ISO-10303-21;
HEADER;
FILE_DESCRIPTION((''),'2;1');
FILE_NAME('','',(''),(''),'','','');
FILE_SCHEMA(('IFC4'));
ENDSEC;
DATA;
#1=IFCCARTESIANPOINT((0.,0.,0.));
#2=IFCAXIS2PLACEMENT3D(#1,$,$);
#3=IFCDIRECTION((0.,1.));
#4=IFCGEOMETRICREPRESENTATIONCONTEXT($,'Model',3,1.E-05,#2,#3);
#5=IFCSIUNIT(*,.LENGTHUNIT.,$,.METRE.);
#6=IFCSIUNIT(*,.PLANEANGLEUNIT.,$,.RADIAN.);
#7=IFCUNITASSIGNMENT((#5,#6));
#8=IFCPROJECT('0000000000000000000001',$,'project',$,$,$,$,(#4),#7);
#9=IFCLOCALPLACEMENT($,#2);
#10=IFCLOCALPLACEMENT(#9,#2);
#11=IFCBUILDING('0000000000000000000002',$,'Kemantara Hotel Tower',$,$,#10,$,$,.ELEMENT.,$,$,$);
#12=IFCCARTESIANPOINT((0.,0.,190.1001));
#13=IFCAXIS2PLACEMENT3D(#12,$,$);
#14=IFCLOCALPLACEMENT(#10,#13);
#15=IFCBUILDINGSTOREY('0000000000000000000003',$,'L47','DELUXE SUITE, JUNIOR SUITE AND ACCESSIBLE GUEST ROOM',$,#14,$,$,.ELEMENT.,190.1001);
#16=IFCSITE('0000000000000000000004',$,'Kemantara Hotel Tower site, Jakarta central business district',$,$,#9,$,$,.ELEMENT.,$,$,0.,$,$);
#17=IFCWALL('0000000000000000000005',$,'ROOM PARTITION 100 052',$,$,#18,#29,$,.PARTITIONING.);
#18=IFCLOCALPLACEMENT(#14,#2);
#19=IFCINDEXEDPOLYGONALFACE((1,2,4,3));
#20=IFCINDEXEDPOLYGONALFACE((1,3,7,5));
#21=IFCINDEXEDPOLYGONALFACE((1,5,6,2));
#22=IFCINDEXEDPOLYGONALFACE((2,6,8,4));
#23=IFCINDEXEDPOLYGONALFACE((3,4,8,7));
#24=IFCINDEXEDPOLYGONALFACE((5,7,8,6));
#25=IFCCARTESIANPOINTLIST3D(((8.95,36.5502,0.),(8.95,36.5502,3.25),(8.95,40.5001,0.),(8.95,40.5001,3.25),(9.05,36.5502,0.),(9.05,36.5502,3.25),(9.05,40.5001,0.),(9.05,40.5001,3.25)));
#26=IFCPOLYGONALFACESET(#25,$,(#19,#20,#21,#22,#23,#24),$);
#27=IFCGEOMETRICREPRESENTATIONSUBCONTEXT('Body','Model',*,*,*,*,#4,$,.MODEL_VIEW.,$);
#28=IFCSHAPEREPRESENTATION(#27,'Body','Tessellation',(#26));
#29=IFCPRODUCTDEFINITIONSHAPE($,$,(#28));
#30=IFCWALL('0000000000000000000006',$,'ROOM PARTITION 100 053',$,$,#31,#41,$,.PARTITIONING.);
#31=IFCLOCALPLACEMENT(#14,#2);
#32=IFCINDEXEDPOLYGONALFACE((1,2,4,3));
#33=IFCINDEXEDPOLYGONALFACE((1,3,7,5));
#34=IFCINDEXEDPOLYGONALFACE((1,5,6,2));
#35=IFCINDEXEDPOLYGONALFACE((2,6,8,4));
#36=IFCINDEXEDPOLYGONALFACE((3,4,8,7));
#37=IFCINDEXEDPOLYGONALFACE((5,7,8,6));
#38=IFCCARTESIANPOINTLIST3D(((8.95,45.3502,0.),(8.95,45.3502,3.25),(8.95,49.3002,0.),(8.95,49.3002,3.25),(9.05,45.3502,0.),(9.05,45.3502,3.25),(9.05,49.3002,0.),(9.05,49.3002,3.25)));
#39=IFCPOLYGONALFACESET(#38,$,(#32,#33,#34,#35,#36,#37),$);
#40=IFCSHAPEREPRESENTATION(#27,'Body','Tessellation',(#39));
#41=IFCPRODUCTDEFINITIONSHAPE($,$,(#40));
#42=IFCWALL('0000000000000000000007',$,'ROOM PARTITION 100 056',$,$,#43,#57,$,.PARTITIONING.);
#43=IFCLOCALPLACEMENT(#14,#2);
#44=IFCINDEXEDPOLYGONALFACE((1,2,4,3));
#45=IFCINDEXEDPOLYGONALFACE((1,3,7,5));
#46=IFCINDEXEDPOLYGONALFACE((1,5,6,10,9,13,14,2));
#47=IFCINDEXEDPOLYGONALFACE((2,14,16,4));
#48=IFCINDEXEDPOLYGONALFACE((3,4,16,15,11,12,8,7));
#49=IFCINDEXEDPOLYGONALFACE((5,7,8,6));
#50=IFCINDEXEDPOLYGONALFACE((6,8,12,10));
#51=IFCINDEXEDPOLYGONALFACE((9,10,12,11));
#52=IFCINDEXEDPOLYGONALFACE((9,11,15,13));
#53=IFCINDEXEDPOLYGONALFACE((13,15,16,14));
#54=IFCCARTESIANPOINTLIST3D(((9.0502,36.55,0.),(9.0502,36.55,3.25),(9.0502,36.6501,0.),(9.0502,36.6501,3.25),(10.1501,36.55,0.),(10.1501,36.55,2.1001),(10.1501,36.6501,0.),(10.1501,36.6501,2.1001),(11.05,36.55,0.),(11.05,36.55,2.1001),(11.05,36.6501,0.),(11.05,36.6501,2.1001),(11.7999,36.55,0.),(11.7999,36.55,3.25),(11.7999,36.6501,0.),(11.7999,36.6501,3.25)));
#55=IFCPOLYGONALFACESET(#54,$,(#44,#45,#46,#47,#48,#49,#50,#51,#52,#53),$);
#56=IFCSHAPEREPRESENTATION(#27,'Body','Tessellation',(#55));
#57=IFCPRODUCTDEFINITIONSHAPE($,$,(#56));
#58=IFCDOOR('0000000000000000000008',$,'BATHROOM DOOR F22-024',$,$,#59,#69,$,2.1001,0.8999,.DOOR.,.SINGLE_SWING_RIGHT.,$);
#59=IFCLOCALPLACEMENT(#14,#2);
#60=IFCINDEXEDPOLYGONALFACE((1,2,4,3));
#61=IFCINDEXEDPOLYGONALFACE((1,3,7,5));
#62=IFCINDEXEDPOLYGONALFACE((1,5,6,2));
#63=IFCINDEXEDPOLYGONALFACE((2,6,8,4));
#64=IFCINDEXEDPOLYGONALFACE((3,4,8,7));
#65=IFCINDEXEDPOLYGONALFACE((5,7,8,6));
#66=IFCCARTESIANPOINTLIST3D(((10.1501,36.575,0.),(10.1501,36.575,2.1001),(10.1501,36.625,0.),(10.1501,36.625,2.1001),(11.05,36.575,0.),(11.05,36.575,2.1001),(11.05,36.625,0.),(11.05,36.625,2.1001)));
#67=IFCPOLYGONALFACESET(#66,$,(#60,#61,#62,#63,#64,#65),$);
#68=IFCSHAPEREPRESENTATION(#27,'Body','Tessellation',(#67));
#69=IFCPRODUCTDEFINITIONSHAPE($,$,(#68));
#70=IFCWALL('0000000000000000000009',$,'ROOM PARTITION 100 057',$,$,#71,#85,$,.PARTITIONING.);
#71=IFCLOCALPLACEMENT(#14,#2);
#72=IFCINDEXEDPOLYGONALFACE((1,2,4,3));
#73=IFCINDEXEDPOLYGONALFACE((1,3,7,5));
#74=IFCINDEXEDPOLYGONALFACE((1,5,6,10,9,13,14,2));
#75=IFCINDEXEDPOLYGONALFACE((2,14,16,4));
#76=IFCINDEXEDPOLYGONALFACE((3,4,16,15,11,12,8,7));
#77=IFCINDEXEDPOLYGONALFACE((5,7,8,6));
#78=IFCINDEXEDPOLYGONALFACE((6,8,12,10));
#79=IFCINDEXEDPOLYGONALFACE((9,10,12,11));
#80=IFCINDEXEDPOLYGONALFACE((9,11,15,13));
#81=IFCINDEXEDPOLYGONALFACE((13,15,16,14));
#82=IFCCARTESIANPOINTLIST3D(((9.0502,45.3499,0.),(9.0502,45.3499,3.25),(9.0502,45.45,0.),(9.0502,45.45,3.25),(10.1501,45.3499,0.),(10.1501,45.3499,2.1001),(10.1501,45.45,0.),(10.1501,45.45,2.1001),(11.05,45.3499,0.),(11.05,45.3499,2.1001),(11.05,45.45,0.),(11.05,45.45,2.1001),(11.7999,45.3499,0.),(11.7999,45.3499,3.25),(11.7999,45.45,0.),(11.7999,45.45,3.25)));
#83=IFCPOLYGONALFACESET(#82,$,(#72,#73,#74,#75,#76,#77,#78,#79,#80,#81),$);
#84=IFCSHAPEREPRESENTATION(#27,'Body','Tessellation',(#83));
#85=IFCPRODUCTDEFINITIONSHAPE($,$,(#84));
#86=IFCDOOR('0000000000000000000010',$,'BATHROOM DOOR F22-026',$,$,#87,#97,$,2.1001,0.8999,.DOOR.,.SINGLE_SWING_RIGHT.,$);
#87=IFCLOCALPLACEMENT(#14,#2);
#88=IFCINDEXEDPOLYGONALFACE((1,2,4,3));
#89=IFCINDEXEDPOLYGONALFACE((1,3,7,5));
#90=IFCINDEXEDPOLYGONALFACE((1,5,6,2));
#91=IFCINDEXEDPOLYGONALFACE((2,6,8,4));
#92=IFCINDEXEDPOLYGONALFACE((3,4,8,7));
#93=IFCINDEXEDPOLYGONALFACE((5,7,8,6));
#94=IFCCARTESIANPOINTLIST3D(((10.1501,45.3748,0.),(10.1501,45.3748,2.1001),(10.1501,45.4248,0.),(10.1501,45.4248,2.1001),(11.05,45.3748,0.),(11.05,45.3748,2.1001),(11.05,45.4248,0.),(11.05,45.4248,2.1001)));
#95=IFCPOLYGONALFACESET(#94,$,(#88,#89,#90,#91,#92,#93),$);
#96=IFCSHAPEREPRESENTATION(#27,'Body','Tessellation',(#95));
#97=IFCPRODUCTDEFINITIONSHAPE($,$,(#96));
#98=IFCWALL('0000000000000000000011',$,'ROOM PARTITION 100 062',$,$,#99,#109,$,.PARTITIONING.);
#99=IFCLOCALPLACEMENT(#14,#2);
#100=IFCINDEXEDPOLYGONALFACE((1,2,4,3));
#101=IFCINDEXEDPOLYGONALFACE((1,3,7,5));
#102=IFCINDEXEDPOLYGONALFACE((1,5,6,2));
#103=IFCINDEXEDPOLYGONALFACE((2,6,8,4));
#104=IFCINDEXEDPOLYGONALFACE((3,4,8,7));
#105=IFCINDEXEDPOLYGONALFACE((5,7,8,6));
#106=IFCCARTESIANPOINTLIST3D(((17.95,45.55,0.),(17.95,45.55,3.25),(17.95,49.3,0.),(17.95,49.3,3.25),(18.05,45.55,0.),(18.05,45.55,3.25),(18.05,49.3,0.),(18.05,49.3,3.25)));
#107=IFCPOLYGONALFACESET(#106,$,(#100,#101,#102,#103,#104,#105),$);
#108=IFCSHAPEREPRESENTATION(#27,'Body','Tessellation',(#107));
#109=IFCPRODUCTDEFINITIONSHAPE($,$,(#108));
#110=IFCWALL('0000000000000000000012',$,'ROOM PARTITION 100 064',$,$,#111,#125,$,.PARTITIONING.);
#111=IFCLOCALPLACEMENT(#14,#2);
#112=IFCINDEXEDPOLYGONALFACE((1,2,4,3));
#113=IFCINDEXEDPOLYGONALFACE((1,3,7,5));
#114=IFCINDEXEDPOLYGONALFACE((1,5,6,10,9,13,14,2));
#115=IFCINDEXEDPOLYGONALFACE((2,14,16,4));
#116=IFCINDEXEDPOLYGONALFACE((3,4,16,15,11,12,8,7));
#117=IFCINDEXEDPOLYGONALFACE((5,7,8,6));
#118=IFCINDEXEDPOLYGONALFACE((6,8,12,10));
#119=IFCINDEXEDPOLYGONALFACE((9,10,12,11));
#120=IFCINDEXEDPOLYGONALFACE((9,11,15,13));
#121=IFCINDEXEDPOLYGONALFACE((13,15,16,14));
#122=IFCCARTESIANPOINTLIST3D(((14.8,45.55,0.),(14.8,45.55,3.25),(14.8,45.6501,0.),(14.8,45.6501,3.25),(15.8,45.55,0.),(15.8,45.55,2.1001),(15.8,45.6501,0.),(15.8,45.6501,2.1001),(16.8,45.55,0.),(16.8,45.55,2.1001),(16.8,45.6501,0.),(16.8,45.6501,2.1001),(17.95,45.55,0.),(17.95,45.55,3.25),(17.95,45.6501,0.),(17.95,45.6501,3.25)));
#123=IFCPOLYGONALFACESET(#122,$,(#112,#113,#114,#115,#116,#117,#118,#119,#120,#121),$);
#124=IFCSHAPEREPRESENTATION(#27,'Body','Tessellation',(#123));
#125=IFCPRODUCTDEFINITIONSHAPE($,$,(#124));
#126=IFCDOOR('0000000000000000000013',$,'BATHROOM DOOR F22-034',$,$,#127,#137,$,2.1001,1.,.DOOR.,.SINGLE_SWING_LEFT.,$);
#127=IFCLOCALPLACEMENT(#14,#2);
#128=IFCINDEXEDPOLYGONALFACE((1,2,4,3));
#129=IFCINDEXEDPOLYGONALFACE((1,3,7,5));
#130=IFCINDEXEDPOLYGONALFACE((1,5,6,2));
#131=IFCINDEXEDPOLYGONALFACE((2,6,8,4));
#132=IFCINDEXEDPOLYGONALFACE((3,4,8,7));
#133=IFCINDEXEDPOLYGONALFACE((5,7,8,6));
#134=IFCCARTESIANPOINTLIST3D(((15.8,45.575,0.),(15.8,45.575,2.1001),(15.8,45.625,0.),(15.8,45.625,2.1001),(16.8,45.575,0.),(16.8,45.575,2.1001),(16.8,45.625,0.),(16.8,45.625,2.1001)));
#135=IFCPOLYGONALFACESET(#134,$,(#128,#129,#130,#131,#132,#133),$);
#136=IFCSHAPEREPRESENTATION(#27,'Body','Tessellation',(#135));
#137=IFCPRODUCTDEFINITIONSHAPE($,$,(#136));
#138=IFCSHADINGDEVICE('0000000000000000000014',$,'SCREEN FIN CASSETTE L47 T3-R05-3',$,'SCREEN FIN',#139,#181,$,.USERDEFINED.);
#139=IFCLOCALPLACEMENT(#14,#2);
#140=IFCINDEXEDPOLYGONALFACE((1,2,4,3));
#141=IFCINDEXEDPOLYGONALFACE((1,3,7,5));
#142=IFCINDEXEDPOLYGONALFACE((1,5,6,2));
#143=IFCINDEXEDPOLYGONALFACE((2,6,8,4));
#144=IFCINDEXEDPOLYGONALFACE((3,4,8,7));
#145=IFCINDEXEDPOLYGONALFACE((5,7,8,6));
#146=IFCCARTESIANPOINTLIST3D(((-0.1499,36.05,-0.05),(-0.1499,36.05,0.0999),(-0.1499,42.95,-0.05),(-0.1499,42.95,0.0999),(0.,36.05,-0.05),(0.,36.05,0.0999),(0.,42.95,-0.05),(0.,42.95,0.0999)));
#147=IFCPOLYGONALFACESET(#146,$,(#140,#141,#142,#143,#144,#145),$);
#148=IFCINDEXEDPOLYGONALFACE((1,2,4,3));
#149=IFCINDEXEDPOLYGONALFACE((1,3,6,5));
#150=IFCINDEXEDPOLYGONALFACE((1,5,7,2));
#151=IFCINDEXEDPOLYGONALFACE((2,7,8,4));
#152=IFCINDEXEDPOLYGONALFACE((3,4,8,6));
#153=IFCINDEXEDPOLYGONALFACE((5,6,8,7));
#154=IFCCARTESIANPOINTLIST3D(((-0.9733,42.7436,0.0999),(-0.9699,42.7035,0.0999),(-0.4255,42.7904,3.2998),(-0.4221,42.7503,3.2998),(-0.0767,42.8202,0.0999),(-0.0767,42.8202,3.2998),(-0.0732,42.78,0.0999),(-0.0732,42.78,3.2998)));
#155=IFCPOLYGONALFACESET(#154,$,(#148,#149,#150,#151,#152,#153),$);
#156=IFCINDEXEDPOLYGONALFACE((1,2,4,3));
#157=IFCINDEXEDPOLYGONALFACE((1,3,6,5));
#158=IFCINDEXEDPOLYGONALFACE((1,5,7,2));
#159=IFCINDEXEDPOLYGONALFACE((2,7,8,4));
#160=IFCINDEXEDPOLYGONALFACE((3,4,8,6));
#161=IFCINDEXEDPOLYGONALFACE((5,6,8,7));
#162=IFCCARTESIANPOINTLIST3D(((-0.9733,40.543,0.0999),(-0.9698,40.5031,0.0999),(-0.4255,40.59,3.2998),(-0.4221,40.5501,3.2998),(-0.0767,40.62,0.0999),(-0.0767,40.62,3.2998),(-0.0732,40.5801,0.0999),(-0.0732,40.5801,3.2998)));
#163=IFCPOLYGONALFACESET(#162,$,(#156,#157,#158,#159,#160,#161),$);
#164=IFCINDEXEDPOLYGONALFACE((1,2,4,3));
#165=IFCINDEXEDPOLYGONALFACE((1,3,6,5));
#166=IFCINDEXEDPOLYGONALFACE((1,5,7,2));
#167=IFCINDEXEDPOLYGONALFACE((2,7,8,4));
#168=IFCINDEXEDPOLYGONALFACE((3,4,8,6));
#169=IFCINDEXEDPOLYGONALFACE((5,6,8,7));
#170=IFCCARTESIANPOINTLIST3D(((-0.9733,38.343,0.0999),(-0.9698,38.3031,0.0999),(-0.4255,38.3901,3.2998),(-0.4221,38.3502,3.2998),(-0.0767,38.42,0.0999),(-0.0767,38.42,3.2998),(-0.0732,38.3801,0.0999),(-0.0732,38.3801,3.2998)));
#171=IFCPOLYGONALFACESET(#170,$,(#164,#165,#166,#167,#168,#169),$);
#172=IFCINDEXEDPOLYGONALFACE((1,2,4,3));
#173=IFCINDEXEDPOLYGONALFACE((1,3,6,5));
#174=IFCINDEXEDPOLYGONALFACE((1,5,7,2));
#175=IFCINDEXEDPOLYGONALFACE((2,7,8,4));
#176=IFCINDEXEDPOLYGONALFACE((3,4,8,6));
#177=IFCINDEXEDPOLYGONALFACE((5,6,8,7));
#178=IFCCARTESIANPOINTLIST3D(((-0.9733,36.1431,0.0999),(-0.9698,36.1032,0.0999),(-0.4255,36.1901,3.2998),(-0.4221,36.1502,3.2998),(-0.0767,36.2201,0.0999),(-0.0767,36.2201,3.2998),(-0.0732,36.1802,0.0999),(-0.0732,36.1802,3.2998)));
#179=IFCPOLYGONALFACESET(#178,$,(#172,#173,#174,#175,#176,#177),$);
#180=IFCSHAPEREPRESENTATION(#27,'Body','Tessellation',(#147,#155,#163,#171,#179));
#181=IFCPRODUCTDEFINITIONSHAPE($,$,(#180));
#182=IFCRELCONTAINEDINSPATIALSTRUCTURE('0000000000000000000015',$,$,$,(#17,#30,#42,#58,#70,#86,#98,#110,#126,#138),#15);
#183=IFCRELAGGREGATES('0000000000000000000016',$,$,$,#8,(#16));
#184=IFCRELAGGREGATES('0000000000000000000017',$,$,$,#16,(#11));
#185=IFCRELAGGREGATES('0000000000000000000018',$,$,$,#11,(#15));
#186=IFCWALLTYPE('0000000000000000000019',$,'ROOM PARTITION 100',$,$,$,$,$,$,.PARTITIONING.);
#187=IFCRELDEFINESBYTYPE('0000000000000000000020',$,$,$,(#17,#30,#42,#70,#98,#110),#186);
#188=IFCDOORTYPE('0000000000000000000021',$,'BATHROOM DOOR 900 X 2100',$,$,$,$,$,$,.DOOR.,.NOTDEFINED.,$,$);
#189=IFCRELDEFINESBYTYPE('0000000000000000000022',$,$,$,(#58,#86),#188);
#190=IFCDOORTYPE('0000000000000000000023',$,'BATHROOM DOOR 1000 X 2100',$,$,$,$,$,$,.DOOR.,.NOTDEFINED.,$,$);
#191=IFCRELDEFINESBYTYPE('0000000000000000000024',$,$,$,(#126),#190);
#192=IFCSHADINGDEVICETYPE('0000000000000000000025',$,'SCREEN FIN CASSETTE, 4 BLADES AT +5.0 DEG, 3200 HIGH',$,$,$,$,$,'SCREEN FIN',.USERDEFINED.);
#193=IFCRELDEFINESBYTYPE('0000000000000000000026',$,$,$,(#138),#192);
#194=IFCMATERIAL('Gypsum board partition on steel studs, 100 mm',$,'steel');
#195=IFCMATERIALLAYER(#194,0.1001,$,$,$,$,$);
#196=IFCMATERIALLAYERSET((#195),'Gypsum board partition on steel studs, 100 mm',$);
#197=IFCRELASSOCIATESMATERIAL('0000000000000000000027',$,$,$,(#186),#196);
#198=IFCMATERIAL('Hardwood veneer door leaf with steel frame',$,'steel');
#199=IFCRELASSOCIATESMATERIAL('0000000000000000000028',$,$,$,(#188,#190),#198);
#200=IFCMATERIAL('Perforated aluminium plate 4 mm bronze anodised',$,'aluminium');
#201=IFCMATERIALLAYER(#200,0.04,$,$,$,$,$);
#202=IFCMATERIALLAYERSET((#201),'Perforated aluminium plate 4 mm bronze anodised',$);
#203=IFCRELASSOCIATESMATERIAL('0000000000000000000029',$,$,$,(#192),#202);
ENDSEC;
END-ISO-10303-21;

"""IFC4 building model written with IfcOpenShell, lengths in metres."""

from ifc_helpers import new_model, si_unit, direction, frame, frame_2d, origin, origin_2d, place, context, subcontext, project, spatial, polyline, rectangle, outline, extrude, source, transform, mapped, material, layer, layer_set, type_object, element, fill, save


model = new_model("IFC4")

# Units and contexts
model_context = context("Model", 3, precision=1e-05, world=origin(), true_north=direction((0.0, 1.0)))
body_context = subcontext(model_context, "Body", "Model", "MODEL_VIEW")
ifc_project = project(units=[si_unit("LENGTHUNIT", "METRE"), si_unit("PLANEANGLEUNIT", "RADIAN")], contexts=[model_context])

# Site, building, storey
site_placement = place(None, origin())
site = spatial("IfcSite", under=ifc_project, at=site_placement, Name="Kemantara Hotel Tower site, Jakarta central business district", CompositionType="ELEMENT", RefElevation=0.0)
building_placement = place(site_placement, origin())
building = spatial("IfcBuilding", under=site, at=building_placement, Name="Kemantara Hotel Tower", CompositionType="ELEMENT")
storey_placement = place(building_placement, frame((0.0, 0.0, 190.1001)))
storey = spatial("IfcBuildingStorey", under=building, at=storey_placement, Name="L47", Description="DELUXE SUITE, JUNIOR SUITE AND ACCESSIBLE GUEST ROOM", CompositionType="ELEMENT", Elevation=190.1001)

# Shared definitions
ifc_material_1 = material(Name="Hardwood veneer door leaf with steel frame", Category="steel")

# Walls
ifc_material_2 = material(Name="Gypsum board partition on steel studs, 100 mm", Category="steel")
ifc_layer_1 = layer(ifc_material_2, 0.1001)
ifc_layer_set_1 = layer_set([ifc_layer_1], Name="Gypsum board partition on steel studs, 100 mm")
wall_type_1 = type_object("IfcWallType", Name="ROOM PARTITION 100", PredefinedType="PARTITIONING", material=ifc_layer_set_1)
for number, where, z_axis, x_axis, name in (
    (1, (9.0, 36.55, 0.0), (0.0, 0.0, 1.0), (0.0, 1.0, 0.0), "ROOM PARTITION 100 052"),
    (2, (9.0, 45.3501, 0.0), (0.0, 0.0, 1.0), (0.0, 1.0, 0.0), "ROOM PARTITION 100 053"),
):
    element("IfcWall", number, at=place(storey_placement, frame(where, z_axis=z_axis, x_axis=x_axis)), inside=storey, type_object=wall_type_1, Name=name, PredefinedType="PARTITIONING", context=body_context, shape_type="SweptSolid", body=[
        extrude(rectangle(XDim=3.95, YDim=0.1001, at=frame_2d((1.9751, 0.0))), origin(), (0.0, 0.0, 1.0), 3.25),
    ])

# Walls, openings, doors
wall_1_placement = place(storey_placement, frame((9.05, 36.6001, 0.0), z_axis=(0.0, 0.0, 1.0), x_axis=(1.0, 0.0, 0.0)))
wall_1 = element("IfcWall", 3, at=wall_1_placement, inside=storey, type_object=wall_type_1, Name="ROOM PARTITION 100 056", PredefinedType="PARTITIONING", context=body_context, shape_type="SweptSolid", body=[
    extrude(rectangle(XDim=2.7498, YDim=0.1001, at=frame_2d((1.375, 0.0))), origin(), (0.0, 0.0, 1.0), 3.25),
])
opening_1_placement = place(wall_1_placement, frame((1.1001, 0.0, 0.0)))
opening_1 = element("IfcOpeningElement", 4, at=opening_1_placement, cuts=wall_1, PredefinedType="OPENING", context=body_context, shape_type="SweptSolid", body=[
    extrude(rectangle(XDim=0.8999, YDim=2.1001, at=frame_2d((0.45, 1.05))), frame((0.0, 0.0601, 0.0), z_axis=(0.0, -1.0, 0.0), x_axis=(1.0, 0.0, 0.0)), (0.0, 0.0, 1.0), 0.1201),
])
door_type_1 = type_object("IfcDoorType", Name="BATHROOM DOOR 900 X 2100", OperationType="NOTDEFINED", PredefinedType="DOOR", material=ifc_material_1)
door_1_placement = place(opening_1_placement, origin())
door_1 = element("IfcDoor", 5, at=door_1_placement, inside=storey, type_object=door_type_1, Name="BATHROOM DOOR F22-024", OperationType="SINGLE_SWING_RIGHT", OverallHeight=2.1001, OverallWidth=0.8999, PredefinedType="DOOR", context=body_context, shape_type="SweptSolid", body=[
    extrude(rectangle(XDim=0.8999, YDim=2.1001, at=frame_2d((0.45, 1.05))), frame((0.0, 0.0249, 0.0), z_axis=(0.0, -1.0, 0.0), x_axis=(1.0, 0.0, 0.0)), (0.0, 0.0, 1.0), 0.05),
])
fill(opening_1, door_1)
wall_2_placement = place(storey_placement, frame((9.05, 45.3999, 0.0), z_axis=(0.0, 0.0, 1.0), x_axis=(1.0, 0.0, 0.0)))
wall_2 = element("IfcWall", 6, at=wall_2_placement, inside=storey, type_object=wall_type_1, Name="ROOM PARTITION 100 057", PredefinedType="PARTITIONING", context=body_context, shape_type="SweptSolid", body=[
    extrude(rectangle(XDim=2.7498, YDim=0.1001, at=frame_2d((1.375, 0.0))), origin(), (0.0, 0.0, 1.0), 3.25),
])
opening_2_placement = place(wall_2_placement, frame((1.1001, 0.0, 0.0)))
opening_2 = element("IfcOpeningElement", 7, at=opening_2_placement, cuts=wall_2, PredefinedType="OPENING", context=body_context, shape_type="SweptSolid", body=[
    extrude(rectangle(XDim=0.8999, YDim=2.1001, at=frame_2d((0.45, 1.05))), frame((0.0, 0.0601, 0.0), z_axis=(0.0, -1.0, 0.0), x_axis=(1.0, 0.0, 0.0)), (0.0, 0.0, 1.0), 0.1201),
])
door_2_placement = place(opening_2_placement, origin())
door_2 = element("IfcDoor", 8, at=door_2_placement, inside=storey, type_object=door_type_1, Name="BATHROOM DOOR F22-026", OperationType="SINGLE_SWING_RIGHT", OverallHeight=2.1001, OverallWidth=0.8999, PredefinedType="DOOR", context=body_context, shape_type="SweptSolid", body=[
    extrude(rectangle(XDim=0.8999, YDim=2.1001, at=frame_2d((0.45, 1.05))), frame((0.0, 0.0249, 0.0), z_axis=(0.0, -1.0, 0.0), x_axis=(1.0, 0.0, 0.0)), (0.0, 0.0, 1.0), 0.05),
])
fill(opening_2, door_2)

# Wall
wall_3_placement = place(storey_placement, frame((18.0, 45.55, 0.0), z_axis=(0.0, 0.0, 1.0), x_axis=(0.0, 1.0, 0.0)))
element("IfcWall", 9, at=wall_3_placement, inside=storey, type_object=wall_type_1, Name="ROOM PARTITION 100 062", PredefinedType="PARTITIONING", context=body_context, shape_type="SweptSolid", body=[
    extrude(rectangle(XDim=3.75, YDim=0.1001, at=frame_2d((1.875, 0.0))), origin(), (0.0, 0.0, 1.0), 3.25),
])

# Wall, opening, door
wall_4_placement = place(storey_placement, frame((14.8, 45.6001, 0.0), z_axis=(0.0, 0.0, 1.0), x_axis=(1.0, 0.0, 0.0)))
wall_4 = element("IfcWall", 10, at=wall_4_placement, inside=storey, type_object=wall_type_1, Name="ROOM PARTITION 100 064", PredefinedType="PARTITIONING", context=body_context, shape_type="SweptSolid", body=[
    extrude(rectangle(XDim=3.1499, YDim=0.1001, at=frame_2d((1.575, 0.0))), origin(), (0.0, 0.0, 1.0), 3.25),
])
opening_3_placement = place(wall_4_placement, frame((1.0, 0.0, 0.0)))
opening_3 = element("IfcOpeningElement", 11, at=opening_3_placement, cuts=wall_4, PredefinedType="OPENING", context=body_context, shape_type="SweptSolid", body=[
    extrude(rectangle(XDim=1.0, YDim=2.1001, at=frame_2d((0.5, 1.05))), frame((0.0, 0.0601, 0.0), z_axis=(0.0, -1.0, 0.0), x_axis=(1.0, 0.0, 0.0)), (0.0, 0.0, 1.0), 0.1201),
])
door_type_2 = type_object("IfcDoorType", Name="BATHROOM DOOR 1000 X 2100", OperationType="NOTDEFINED", PredefinedType="DOOR", material=ifc_material_1)
door_3_placement = place(opening_3_placement, origin())
door_3 = element("IfcDoor", 12, at=door_3_placement, inside=storey, type_object=door_type_2, Name="BATHROOM DOOR F22-034", OperationType="SINGLE_SWING_LEFT", OverallHeight=2.1001, OverallWidth=1.0, PredefinedType="DOOR", context=body_context, shape_type="SweptSolid", body=[
    extrude(rectangle(XDim=1.0, YDim=2.1001, at=frame_2d((0.5, 1.05))), frame((0.0, 0.0249, 0.0), z_axis=(0.0, -1.0, 0.0), x_axis=(1.0, 0.0, 0.0)), (0.0, 0.0, 1.0), 0.05),
])
fill(opening_3, door_3)

# Shading device
ifc_material_3 = material(Name="Perforated aluminium plate 4 mm bronze anodised", Category="aluminium")
ifc_layer_2 = layer(ifc_material_3, 0.04)
ifc_layer_set_2 = layer_set([ifc_layer_2], Name="Perforated aluminium plate 4 mm bronze anodised")
shading_device_type = type_object("IfcShadingDeviceType", Name="SCREEN FIN CASSETTE, 4 BLADES AT +5.0 DEG, 3200 HIGH", ElementType="SCREEN FIN", PredefinedType="USERDEFINED", material=ifc_layer_set_2)
shared_shape_1 = source(origin(), body_context, "Body", "SweptSolid", [
    extrude(rectangle(XDim=6.8999, YDim=0.1499, at=origin_2d()), frame((3.3, -0.075, -0.1499), z_axis=(0.0, 0.0, 1.0), x_axis=(1.0, 0.0, 0.0)), (0.0, 0.0, 1.0), 0.1499),
    extrude(outline(polyline([(0.0, 0.0), (0.8999, 0.0), (0.3501, 3.2), (0.0, 3.2), (0.0, 0.0)])), frame((0.02, -0.0732, 0.0), z_axis=(-0.996376, -0.085056, 0.0), x_axis=(0.085056, -0.996376, 0.0)), (0.0, 0.0, 1.0), 0.0403),
    extrude(outline(polyline([(0.0, 0.0), (0.8999, 0.0), (0.3501, 3.2), (0.0, 3.2), (0.0, 0.0)])), frame((2.22, -0.0732, 0.0), z_axis=(-0.996332, -0.085575, 0.0), x_axis=(0.085575, -0.996332, 0.0)), (0.0, 0.0, 1.0), 0.04),
    extrude(outline(polyline([(0.0, 0.0), (0.8999, 0.0), (0.3501, 3.2), (0.0, 3.2), (0.0, 0.0)])), frame((4.4199, -0.0732, 0.0), z_axis=(-0.996332, -0.085575, 0.0), x_axis=(0.085575, -0.996332, 0.0)), (0.0, 0.0, 1.0), 0.04),
    extrude(outline(polyline([(0.0, 0.0), (0.8999, 0.0), (0.3501, 3.2), (0.0, 3.2), (0.0, 0.0)])), frame((6.6199, -0.0732, 0.0), z_axis=(-0.996332, -0.085575, 0.0), x_axis=(0.085575, -0.996332, 0.0)), (0.0, 0.0, 1.0), 0.04),
])
shading_device_placement = place(storey_placement, frame((0.0, 42.8, 0.0999), z_axis=(0.0, 0.0, 1.0), x_axis=(0.0, -1.0, 0.0)))
element("IfcShadingDevice", 13, at=shading_device_placement, inside=storey, type_object=shading_device_type, Name="SCREEN FIN CASSETTE L47 T3-R05-3", ObjectType="SCREEN FIN", PredefinedType="USERDEFINED", context=body_context, shape_type="MappedRepresentation", body=[
    mapped(shared_shape_1, transform((0.0, 0.0, 0.0))),
])

save(model, "model.ifc")
